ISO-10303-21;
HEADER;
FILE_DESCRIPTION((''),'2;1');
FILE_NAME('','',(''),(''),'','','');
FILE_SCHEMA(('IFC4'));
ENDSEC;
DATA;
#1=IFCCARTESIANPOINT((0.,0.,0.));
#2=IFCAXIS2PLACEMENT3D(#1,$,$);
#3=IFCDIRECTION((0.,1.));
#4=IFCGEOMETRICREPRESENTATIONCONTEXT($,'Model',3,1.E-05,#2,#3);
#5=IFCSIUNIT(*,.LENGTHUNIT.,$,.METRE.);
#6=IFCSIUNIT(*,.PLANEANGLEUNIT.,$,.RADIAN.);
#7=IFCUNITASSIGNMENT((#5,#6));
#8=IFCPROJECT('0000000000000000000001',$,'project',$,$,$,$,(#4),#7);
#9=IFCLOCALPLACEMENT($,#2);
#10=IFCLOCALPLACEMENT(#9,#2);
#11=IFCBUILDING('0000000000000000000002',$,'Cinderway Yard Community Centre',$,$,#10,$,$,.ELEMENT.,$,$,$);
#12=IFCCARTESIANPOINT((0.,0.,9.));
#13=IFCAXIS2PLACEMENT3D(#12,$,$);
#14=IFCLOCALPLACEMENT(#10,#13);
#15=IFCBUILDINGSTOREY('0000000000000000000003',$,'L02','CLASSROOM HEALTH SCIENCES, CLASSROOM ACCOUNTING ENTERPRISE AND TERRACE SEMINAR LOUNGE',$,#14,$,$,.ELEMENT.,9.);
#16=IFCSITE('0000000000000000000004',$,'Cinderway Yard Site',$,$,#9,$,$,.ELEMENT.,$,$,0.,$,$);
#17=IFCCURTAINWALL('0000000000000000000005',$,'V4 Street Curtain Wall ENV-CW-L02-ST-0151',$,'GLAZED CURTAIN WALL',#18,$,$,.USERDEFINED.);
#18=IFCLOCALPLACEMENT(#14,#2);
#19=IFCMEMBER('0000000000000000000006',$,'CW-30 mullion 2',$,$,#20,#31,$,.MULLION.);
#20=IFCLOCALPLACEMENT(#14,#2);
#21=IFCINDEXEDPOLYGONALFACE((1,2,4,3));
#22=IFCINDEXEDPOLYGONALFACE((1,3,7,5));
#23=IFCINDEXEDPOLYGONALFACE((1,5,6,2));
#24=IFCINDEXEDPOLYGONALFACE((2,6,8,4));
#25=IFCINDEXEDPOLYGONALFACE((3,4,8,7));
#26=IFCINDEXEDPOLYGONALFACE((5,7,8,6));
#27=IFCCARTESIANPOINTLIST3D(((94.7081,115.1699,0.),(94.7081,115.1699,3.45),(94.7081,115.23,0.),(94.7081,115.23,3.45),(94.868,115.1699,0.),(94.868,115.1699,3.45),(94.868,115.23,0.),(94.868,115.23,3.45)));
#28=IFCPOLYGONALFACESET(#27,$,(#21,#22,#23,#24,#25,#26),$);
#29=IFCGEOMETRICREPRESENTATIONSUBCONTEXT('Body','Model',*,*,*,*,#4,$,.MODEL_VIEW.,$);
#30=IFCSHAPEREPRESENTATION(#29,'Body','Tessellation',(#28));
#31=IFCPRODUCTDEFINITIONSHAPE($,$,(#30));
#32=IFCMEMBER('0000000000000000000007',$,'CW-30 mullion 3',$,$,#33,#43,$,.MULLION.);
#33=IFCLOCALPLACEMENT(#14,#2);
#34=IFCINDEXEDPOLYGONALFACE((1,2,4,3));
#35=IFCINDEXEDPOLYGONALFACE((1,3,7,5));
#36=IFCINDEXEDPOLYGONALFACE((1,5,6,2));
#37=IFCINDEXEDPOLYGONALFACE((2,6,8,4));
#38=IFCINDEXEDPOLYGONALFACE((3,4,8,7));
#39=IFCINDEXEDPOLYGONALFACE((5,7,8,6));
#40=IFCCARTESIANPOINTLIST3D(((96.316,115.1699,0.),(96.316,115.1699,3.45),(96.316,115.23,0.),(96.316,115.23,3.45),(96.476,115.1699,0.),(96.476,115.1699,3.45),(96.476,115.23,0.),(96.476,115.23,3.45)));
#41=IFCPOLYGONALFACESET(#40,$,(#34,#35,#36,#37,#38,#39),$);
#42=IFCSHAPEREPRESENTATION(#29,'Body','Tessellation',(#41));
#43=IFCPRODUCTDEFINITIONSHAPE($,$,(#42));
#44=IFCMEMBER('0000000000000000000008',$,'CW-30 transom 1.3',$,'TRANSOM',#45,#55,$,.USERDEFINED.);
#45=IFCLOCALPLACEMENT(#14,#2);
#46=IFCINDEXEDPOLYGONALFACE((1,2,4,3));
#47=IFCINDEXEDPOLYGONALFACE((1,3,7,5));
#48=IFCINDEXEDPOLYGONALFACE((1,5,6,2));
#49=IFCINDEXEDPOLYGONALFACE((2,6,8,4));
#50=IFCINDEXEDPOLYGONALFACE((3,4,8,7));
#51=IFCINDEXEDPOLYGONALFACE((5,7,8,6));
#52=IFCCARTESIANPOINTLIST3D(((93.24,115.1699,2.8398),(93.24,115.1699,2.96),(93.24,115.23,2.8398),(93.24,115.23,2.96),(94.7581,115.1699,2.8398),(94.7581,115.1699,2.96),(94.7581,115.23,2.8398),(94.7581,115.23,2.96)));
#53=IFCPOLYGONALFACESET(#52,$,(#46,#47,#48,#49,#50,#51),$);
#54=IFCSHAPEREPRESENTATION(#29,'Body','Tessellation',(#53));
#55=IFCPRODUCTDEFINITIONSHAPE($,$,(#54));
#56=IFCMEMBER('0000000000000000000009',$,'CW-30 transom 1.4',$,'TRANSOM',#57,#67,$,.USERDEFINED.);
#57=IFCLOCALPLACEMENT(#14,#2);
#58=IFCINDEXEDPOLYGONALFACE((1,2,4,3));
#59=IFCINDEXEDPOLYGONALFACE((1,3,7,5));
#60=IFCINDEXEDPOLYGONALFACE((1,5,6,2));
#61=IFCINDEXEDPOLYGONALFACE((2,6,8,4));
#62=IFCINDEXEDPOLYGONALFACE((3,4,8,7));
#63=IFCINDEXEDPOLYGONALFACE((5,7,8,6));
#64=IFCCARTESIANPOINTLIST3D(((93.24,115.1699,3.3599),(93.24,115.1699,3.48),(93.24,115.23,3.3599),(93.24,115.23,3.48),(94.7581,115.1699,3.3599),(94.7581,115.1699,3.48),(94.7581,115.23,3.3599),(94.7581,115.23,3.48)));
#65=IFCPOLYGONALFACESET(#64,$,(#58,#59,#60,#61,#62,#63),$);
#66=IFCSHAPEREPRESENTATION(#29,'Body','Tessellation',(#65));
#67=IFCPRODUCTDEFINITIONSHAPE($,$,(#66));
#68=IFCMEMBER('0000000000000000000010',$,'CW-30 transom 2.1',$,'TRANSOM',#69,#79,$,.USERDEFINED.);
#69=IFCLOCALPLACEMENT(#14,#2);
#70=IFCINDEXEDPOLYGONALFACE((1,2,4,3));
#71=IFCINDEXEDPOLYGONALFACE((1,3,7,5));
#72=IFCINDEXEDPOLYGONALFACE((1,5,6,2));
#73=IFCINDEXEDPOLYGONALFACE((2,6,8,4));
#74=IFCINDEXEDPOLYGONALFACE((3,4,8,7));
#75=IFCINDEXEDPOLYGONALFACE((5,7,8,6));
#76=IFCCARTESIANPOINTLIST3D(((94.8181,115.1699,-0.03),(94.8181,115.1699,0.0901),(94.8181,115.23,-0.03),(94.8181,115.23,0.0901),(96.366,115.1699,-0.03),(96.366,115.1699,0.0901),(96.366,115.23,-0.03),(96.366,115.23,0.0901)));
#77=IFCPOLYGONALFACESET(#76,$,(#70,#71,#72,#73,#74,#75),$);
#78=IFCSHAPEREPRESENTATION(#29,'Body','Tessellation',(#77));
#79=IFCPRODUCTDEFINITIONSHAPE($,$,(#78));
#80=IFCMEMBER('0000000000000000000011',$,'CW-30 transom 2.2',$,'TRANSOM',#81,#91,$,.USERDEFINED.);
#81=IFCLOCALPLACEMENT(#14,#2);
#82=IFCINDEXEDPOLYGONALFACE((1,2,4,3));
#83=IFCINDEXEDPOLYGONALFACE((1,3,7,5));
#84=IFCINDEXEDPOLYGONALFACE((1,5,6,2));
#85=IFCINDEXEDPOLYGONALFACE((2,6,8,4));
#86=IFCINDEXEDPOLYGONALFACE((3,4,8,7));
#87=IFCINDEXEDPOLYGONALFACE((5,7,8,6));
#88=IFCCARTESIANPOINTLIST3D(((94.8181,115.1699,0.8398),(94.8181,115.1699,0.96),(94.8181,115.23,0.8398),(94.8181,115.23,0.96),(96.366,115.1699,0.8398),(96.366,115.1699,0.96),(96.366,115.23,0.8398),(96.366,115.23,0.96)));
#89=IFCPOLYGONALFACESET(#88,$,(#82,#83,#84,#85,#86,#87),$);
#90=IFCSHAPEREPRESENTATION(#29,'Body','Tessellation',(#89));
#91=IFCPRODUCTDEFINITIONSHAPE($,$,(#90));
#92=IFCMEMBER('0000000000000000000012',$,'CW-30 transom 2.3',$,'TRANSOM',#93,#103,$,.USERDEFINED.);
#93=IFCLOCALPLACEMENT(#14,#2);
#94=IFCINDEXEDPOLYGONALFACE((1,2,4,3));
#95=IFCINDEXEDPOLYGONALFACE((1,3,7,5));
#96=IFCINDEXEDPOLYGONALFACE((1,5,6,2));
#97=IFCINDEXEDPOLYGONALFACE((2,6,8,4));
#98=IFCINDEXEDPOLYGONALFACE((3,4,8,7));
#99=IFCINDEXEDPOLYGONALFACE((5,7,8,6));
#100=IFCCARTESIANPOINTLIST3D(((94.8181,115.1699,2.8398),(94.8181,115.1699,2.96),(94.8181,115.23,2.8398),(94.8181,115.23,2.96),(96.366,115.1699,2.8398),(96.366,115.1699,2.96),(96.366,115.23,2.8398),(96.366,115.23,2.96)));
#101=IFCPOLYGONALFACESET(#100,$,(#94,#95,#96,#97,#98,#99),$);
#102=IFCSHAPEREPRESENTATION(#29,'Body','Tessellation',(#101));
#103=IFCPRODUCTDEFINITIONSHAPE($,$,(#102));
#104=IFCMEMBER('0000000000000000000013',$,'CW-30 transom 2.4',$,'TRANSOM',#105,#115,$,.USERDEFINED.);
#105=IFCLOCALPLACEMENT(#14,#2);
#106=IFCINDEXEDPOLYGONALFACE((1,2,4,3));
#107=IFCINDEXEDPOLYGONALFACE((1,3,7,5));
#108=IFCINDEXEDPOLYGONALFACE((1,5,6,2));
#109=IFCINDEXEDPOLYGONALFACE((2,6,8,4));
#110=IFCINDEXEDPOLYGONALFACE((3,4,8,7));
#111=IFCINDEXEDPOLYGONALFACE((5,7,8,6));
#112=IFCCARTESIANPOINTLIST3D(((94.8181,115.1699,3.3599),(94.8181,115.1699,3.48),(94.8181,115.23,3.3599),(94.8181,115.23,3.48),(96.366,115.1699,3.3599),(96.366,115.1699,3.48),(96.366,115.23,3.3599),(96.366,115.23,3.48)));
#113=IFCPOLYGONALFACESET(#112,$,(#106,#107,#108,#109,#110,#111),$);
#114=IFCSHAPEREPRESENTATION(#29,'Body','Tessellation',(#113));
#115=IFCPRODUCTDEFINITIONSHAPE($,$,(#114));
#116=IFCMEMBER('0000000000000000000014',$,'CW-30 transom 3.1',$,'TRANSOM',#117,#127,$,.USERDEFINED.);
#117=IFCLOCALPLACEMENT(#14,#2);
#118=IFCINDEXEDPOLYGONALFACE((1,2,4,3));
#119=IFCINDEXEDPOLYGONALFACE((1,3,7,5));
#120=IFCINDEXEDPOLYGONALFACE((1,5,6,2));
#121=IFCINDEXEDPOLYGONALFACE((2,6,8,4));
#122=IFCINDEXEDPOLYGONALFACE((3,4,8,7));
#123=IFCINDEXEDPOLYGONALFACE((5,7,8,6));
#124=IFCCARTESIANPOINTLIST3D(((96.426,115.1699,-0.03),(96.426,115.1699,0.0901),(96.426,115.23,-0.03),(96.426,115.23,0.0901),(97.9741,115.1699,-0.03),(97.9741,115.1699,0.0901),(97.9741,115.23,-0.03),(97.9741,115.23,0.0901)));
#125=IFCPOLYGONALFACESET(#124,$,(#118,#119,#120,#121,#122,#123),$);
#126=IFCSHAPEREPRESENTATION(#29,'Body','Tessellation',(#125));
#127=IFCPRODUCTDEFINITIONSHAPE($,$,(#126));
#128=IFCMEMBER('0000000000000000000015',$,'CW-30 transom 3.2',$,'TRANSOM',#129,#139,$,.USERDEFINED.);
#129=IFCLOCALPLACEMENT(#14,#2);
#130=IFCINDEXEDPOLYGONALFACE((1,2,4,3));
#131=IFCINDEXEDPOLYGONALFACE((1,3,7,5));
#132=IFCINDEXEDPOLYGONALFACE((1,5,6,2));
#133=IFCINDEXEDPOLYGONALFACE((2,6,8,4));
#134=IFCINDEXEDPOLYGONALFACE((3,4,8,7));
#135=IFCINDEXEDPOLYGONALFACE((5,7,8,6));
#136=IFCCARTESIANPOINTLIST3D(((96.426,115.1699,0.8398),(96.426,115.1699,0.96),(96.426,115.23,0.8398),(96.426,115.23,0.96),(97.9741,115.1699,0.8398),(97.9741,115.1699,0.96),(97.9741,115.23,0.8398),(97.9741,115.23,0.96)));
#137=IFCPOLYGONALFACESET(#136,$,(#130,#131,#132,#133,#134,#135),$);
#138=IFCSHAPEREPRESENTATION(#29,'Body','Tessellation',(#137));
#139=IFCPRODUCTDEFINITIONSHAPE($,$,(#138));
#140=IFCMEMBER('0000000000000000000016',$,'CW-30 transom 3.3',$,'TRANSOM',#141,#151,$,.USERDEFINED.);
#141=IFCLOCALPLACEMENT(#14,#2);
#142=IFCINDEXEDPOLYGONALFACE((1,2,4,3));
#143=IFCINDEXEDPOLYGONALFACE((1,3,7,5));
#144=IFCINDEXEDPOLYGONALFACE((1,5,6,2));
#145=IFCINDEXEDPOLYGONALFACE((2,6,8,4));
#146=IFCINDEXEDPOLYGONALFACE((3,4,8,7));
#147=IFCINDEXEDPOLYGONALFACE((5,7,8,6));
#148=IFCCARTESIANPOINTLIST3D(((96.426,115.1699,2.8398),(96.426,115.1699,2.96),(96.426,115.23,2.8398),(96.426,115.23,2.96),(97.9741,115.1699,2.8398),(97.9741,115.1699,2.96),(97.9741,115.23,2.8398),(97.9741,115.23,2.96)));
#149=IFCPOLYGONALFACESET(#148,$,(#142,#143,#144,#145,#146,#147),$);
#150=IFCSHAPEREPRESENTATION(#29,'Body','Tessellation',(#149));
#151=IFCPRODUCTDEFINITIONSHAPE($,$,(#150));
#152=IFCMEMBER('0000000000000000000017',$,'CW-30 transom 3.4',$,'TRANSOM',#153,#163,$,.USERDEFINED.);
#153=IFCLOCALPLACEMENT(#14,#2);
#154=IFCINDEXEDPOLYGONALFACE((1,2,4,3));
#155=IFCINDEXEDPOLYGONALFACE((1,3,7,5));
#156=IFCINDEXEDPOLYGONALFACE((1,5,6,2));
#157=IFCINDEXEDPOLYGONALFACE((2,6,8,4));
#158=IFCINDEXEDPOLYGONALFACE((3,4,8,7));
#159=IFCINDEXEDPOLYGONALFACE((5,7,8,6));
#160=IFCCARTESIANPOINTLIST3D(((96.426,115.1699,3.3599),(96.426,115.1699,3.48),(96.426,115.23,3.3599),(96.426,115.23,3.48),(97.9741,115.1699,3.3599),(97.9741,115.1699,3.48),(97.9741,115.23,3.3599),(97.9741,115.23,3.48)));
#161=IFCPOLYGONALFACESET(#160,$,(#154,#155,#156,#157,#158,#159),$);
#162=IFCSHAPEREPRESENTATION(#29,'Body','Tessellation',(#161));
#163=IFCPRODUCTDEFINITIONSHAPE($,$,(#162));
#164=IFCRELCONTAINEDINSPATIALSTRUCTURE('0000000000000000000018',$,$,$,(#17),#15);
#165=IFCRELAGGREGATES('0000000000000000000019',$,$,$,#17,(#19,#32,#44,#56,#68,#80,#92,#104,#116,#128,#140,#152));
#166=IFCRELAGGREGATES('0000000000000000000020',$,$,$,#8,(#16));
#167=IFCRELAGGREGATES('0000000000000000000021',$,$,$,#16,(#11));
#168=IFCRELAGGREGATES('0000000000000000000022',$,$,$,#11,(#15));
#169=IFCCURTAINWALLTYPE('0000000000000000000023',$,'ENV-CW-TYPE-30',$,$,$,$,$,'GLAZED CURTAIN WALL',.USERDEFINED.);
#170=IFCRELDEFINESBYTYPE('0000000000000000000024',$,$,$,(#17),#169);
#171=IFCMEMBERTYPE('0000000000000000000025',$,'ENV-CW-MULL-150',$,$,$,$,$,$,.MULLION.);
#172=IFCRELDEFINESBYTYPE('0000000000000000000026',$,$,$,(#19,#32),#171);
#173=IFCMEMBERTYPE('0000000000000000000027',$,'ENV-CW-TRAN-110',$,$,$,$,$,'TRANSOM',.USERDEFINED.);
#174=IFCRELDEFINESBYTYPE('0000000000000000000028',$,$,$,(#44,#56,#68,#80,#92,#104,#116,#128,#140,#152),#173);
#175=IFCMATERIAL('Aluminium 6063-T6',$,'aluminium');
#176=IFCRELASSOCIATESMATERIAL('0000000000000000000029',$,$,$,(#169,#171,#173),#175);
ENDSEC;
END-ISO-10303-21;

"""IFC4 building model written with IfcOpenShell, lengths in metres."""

from ifc_helpers import new_model, si_unit, direction, frame, origin, origin_2d, place, context, subcontext, project, spatial, rectangle, extrude, material, material_profile, profile_set, type_object, element, aggregate, save


model = new_model("IFC4")

# Units and contexts
model_context = context("Model", 3, precision=1e-05, world=origin(), true_north=direction((0.0, 1.0)))
body_context = subcontext(model_context, "Body", "Model", "MODEL_VIEW")
ifc_project = project(units=[si_unit("LENGTHUNIT", "METRE"), si_unit("PLANEANGLEUNIT", "RADIAN")], contexts=[model_context])

# Site, building, storey
site_placement = place(None, origin())
site = spatial("IfcSite", under=ifc_project, at=site_placement, Name="Cinderway Yard Site", CompositionType="ELEMENT", RefElevation=0.0)
building_placement = place(site_placement, origin())
building = spatial("IfcBuilding", under=site, at=building_placement, Name="Cinderway Yard Community Centre", CompositionType="ELEMENT")
storey_placement = place(building_placement, frame((0.0, 0.0, 9.0)))
storey = spatial("IfcBuildingStorey", under=building, at=storey_placement, Name="L02", Description="CLASSROOM HEALTH SCIENCES, CLASSROOM ACCOUNTING ENTERPRISE AND TERRACE SEMINAR LOUNGE", CompositionType="ELEMENT", Elevation=9.0)

# Curtain wall, members
ifc_material_1 = material(Name="Aluminium 6063-T6", Category="aluminium")
curtain_wall_type = type_object("IfcCurtainWallType", Name="ENV-CW-TYPE-30", ElementType="GLAZED CURTAIN WALL", PredefinedType="USERDEFINED", material=ifc_material_1)
curtain_wall_placement = place(storey_placement, origin())
curtain_wall = element("IfcCurtainWall", 1, at=curtain_wall_placement, inside=storey, type_object=curtain_wall_type, Name="V4 Street Curtain Wall ENV-CW-L02-ST-0151", ObjectType="GLAZED CURTAIN WALL", PredefinedType="USERDEFINED")
ifc_material_profile_1 = material_profile(ifc_material_1, rectangle(XDim=0.0601, YDim=0.1599, at=origin_2d()), Name="Aluminium 6063-T6")
ifc_profile_set_1 = profile_set([ifc_material_profile_1], Name="Aluminium 6063-T6")
member_type_1 = type_object("IfcMemberType", Name="ENV-CW-MULL-150", PredefinedType="MULLION", material=ifc_profile_set_1)
member_1_placement = place(storey_placement, frame((94.7881, 115.2, 0.0), z_axis=(0.0, 0.0, 1.0), x_axis=(0.0, 1.0, 0.0)))
member_1 = element("IfcMember", 2, at=member_1_placement, type_object=member_type_1, Name="CW-30 mullion 2", PredefinedType="MULLION", context=body_context, shape_type="SweptSolid", body=[
    extrude(rectangle(XDim=0.0601, YDim=0.1599, at=origin_2d()), origin(), (0.0, 0.0, 1.0), 3.45),
])
member_2_placement = place(storey_placement, frame((96.396, 115.2, 0.0), z_axis=(0.0, 0.0, 1.0), x_axis=(0.0, 1.0, 0.0)))
member_2 = element("IfcMember", 3, at=member_2_placement, type_object=member_type_1, Name="CW-30 mullion 3", PredefinedType="MULLION", context=body_context, shape_type="SweptSolid", body=[
    extrude(rectangle(XDim=0.0601, YDim=0.1599, at=origin_2d()), origin(), (0.0, 0.0, 1.0), 3.45),
])
ifc_material_profile_2 = material_profile(ifc_material_1, rectangle(XDim=0.0601, YDim=0.1201, at=origin_2d()), Name="Aluminium 6063-T6")
ifc_profile_set_2 = profile_set([ifc_material_profile_2], Name="Aluminium 6063-T6")
member_type_2 = type_object("IfcMemberType", Name="ENV-CW-TRAN-110", ElementType="TRANSOM", PredefinedType="USERDEFINED", material=ifc_profile_set_2)
member_3_placement = place(storey_placement, frame((93.24, 115.2, 2.8999), z_axis=(1.0, 0.0, 0.0), x_axis=(0.0, 1.0, 0.0)))
member_3 = element("IfcMember", 4, at=member_3_placement, type_object=member_type_2, Name="CW-30 transom 1.3", ObjectType="TRANSOM", PredefinedType="USERDEFINED", context=body_context, shape_type="SweptSolid", body=[
    extrude(rectangle(XDim=0.0601, YDim=0.1201, at=origin_2d()), origin(), (0.0, 0.0, 1.0), 1.5181),
])
member_4_placement = place(storey_placement, frame((93.24, 115.2, 3.4199), z_axis=(1.0, 0.0, 0.0), x_axis=(0.0, 1.0, 0.0)))
member_4 = element("IfcMember", 5, at=member_4_placement, type_object=member_type_2, Name="CW-30 transom 1.4", ObjectType="TRANSOM", PredefinedType="USERDEFINED", context=body_context, shape_type="SweptSolid", body=[
    extrude(rectangle(XDim=0.0601, YDim=0.1201, at=origin_2d()), origin(), (0.0, 0.0, 1.0), 1.5181),
])
member_5_placement = place(storey_placement, frame((94.8181, 115.2, 0.03), z_axis=(1.0, 0.0, 0.0), x_axis=(0.0, 1.0, 0.0)))
member_5 = element("IfcMember", 6, at=member_5_placement, type_object=member_type_2, Name="CW-30 transom 2.1", ObjectType="TRANSOM", PredefinedType="USERDEFINED", context=body_context, shape_type="SweptSolid", body=[
    extrude(rectangle(XDim=0.0601, YDim=0.1201, at=origin_2d()), origin(), (0.0, 0.0, 1.0), 1.5479),
])
member_6_placement = place(storey_placement, frame((94.8181, 115.2, 0.8999), z_axis=(1.0, 0.0, 0.0), x_axis=(0.0, 1.0, 0.0)))
member_6 = element("IfcMember", 7, at=member_6_placement, type_object=member_type_2, Name="CW-30 transom 2.2", ObjectType="TRANSOM", PredefinedType="USERDEFINED", context=body_context, shape_type="SweptSolid", body=[
    extrude(rectangle(XDim=0.0601, YDim=0.1201, at=origin_2d()), origin(), (0.0, 0.0, 1.0), 1.5479),
])
member_7_placement = place(storey_placement, frame((94.8181, 115.2, 2.8999), z_axis=(1.0, 0.0, 0.0), x_axis=(0.0, 1.0, 0.0)))
member_7 = element("IfcMember", 8, at=member_7_placement, type_object=member_type_2, Name="CW-30 transom 2.3", ObjectType="TRANSOM", PredefinedType="USERDEFINED", context=body_context, shape_type="SweptSolid", body=[
    extrude(rectangle(XDim=0.0601, YDim=0.1201, at=origin_2d()), origin(), (0.0, 0.0, 1.0), 1.5479),
])
member_8_placement = place(storey_placement, frame((94.8181, 115.2, 3.4199), z_axis=(1.0, 0.0, 0.0), x_axis=(0.0, 1.0, 0.0)))
member_8 = element("IfcMember", 9, at=member_8_placement, type_object=member_type_2, Name="CW-30 transom 2.4", ObjectType="TRANSOM", PredefinedType="USERDEFINED", context=body_context, shape_type="SweptSolid", body=[
    extrude(rectangle(XDim=0.0601, YDim=0.1201, at=origin_2d()), origin(), (0.0, 0.0, 1.0), 1.5479),
])
member_9_placement = place(storey_placement, frame((96.426, 115.2, 0.03), z_axis=(1.0, 0.0, 0.0), x_axis=(0.0, 1.0, 0.0)))
member_9 = element("IfcMember", 10, at=member_9_placement, type_object=member_type_2, Name="CW-30 transom 3.1", ObjectType="TRANSOM", PredefinedType="USERDEFINED", context=body_context, shape_type="SweptSolid", body=[
    extrude(rectangle(XDim=0.0601, YDim=0.1201, at=origin_2d()), origin(), (0.0, 0.0, 1.0), 1.5481),
])
member_10_placement = place(storey_placement, frame((96.426, 115.2, 0.8999), z_axis=(1.0, 0.0, 0.0), x_axis=(0.0, 1.0, 0.0)))
member_10 = element("IfcMember", 11, at=member_10_placement, type_object=member_type_2, Name="CW-30 transom 3.2", ObjectType="TRANSOM", PredefinedType="USERDEFINED", context=body_context, shape_type="SweptSolid", body=[
    extrude(rectangle(XDim=0.0601, YDim=0.1201, at=origin_2d()), origin(), (0.0, 0.0, 1.0), 1.5481),
])
member_11_placement = place(storey_placement, frame((96.426, 115.2, 2.8999), z_axis=(1.0, 0.0, 0.0), x_axis=(0.0, 1.0, 0.0)))
member_11 = element("IfcMember", 12, at=member_11_placement, type_object=member_type_2, Name="CW-30 transom 3.3", ObjectType="TRANSOM", PredefinedType="USERDEFINED", context=body_context, shape_type="SweptSolid", body=[
    extrude(rectangle(XDim=0.0601, YDim=0.1201, at=origin_2d()), origin(), (0.0, 0.0, 1.0), 1.5481),
])
member_12_placement = place(storey_placement, frame((96.426, 115.2, 3.4199), z_axis=(1.0, 0.0, 0.0), x_axis=(0.0, 1.0, 0.0)))
member_12 = element("IfcMember", 13, at=member_12_placement, type_object=member_type_2, Name="CW-30 transom 3.4", ObjectType="TRANSOM", PredefinedType="USERDEFINED", context=body_context, shape_type="SweptSolid", body=[
    extrude(rectangle(XDim=0.0601, YDim=0.1201, at=origin_2d()), origin(), (0.0, 0.0, 1.0), 1.5481),
])

aggregate(curtain_wall, [member_1, member_2, member_3, member_4, member_5, member_6, member_7, member_8, member_9, member_10, member_11, member_12])

save(model, "model.ifc")
